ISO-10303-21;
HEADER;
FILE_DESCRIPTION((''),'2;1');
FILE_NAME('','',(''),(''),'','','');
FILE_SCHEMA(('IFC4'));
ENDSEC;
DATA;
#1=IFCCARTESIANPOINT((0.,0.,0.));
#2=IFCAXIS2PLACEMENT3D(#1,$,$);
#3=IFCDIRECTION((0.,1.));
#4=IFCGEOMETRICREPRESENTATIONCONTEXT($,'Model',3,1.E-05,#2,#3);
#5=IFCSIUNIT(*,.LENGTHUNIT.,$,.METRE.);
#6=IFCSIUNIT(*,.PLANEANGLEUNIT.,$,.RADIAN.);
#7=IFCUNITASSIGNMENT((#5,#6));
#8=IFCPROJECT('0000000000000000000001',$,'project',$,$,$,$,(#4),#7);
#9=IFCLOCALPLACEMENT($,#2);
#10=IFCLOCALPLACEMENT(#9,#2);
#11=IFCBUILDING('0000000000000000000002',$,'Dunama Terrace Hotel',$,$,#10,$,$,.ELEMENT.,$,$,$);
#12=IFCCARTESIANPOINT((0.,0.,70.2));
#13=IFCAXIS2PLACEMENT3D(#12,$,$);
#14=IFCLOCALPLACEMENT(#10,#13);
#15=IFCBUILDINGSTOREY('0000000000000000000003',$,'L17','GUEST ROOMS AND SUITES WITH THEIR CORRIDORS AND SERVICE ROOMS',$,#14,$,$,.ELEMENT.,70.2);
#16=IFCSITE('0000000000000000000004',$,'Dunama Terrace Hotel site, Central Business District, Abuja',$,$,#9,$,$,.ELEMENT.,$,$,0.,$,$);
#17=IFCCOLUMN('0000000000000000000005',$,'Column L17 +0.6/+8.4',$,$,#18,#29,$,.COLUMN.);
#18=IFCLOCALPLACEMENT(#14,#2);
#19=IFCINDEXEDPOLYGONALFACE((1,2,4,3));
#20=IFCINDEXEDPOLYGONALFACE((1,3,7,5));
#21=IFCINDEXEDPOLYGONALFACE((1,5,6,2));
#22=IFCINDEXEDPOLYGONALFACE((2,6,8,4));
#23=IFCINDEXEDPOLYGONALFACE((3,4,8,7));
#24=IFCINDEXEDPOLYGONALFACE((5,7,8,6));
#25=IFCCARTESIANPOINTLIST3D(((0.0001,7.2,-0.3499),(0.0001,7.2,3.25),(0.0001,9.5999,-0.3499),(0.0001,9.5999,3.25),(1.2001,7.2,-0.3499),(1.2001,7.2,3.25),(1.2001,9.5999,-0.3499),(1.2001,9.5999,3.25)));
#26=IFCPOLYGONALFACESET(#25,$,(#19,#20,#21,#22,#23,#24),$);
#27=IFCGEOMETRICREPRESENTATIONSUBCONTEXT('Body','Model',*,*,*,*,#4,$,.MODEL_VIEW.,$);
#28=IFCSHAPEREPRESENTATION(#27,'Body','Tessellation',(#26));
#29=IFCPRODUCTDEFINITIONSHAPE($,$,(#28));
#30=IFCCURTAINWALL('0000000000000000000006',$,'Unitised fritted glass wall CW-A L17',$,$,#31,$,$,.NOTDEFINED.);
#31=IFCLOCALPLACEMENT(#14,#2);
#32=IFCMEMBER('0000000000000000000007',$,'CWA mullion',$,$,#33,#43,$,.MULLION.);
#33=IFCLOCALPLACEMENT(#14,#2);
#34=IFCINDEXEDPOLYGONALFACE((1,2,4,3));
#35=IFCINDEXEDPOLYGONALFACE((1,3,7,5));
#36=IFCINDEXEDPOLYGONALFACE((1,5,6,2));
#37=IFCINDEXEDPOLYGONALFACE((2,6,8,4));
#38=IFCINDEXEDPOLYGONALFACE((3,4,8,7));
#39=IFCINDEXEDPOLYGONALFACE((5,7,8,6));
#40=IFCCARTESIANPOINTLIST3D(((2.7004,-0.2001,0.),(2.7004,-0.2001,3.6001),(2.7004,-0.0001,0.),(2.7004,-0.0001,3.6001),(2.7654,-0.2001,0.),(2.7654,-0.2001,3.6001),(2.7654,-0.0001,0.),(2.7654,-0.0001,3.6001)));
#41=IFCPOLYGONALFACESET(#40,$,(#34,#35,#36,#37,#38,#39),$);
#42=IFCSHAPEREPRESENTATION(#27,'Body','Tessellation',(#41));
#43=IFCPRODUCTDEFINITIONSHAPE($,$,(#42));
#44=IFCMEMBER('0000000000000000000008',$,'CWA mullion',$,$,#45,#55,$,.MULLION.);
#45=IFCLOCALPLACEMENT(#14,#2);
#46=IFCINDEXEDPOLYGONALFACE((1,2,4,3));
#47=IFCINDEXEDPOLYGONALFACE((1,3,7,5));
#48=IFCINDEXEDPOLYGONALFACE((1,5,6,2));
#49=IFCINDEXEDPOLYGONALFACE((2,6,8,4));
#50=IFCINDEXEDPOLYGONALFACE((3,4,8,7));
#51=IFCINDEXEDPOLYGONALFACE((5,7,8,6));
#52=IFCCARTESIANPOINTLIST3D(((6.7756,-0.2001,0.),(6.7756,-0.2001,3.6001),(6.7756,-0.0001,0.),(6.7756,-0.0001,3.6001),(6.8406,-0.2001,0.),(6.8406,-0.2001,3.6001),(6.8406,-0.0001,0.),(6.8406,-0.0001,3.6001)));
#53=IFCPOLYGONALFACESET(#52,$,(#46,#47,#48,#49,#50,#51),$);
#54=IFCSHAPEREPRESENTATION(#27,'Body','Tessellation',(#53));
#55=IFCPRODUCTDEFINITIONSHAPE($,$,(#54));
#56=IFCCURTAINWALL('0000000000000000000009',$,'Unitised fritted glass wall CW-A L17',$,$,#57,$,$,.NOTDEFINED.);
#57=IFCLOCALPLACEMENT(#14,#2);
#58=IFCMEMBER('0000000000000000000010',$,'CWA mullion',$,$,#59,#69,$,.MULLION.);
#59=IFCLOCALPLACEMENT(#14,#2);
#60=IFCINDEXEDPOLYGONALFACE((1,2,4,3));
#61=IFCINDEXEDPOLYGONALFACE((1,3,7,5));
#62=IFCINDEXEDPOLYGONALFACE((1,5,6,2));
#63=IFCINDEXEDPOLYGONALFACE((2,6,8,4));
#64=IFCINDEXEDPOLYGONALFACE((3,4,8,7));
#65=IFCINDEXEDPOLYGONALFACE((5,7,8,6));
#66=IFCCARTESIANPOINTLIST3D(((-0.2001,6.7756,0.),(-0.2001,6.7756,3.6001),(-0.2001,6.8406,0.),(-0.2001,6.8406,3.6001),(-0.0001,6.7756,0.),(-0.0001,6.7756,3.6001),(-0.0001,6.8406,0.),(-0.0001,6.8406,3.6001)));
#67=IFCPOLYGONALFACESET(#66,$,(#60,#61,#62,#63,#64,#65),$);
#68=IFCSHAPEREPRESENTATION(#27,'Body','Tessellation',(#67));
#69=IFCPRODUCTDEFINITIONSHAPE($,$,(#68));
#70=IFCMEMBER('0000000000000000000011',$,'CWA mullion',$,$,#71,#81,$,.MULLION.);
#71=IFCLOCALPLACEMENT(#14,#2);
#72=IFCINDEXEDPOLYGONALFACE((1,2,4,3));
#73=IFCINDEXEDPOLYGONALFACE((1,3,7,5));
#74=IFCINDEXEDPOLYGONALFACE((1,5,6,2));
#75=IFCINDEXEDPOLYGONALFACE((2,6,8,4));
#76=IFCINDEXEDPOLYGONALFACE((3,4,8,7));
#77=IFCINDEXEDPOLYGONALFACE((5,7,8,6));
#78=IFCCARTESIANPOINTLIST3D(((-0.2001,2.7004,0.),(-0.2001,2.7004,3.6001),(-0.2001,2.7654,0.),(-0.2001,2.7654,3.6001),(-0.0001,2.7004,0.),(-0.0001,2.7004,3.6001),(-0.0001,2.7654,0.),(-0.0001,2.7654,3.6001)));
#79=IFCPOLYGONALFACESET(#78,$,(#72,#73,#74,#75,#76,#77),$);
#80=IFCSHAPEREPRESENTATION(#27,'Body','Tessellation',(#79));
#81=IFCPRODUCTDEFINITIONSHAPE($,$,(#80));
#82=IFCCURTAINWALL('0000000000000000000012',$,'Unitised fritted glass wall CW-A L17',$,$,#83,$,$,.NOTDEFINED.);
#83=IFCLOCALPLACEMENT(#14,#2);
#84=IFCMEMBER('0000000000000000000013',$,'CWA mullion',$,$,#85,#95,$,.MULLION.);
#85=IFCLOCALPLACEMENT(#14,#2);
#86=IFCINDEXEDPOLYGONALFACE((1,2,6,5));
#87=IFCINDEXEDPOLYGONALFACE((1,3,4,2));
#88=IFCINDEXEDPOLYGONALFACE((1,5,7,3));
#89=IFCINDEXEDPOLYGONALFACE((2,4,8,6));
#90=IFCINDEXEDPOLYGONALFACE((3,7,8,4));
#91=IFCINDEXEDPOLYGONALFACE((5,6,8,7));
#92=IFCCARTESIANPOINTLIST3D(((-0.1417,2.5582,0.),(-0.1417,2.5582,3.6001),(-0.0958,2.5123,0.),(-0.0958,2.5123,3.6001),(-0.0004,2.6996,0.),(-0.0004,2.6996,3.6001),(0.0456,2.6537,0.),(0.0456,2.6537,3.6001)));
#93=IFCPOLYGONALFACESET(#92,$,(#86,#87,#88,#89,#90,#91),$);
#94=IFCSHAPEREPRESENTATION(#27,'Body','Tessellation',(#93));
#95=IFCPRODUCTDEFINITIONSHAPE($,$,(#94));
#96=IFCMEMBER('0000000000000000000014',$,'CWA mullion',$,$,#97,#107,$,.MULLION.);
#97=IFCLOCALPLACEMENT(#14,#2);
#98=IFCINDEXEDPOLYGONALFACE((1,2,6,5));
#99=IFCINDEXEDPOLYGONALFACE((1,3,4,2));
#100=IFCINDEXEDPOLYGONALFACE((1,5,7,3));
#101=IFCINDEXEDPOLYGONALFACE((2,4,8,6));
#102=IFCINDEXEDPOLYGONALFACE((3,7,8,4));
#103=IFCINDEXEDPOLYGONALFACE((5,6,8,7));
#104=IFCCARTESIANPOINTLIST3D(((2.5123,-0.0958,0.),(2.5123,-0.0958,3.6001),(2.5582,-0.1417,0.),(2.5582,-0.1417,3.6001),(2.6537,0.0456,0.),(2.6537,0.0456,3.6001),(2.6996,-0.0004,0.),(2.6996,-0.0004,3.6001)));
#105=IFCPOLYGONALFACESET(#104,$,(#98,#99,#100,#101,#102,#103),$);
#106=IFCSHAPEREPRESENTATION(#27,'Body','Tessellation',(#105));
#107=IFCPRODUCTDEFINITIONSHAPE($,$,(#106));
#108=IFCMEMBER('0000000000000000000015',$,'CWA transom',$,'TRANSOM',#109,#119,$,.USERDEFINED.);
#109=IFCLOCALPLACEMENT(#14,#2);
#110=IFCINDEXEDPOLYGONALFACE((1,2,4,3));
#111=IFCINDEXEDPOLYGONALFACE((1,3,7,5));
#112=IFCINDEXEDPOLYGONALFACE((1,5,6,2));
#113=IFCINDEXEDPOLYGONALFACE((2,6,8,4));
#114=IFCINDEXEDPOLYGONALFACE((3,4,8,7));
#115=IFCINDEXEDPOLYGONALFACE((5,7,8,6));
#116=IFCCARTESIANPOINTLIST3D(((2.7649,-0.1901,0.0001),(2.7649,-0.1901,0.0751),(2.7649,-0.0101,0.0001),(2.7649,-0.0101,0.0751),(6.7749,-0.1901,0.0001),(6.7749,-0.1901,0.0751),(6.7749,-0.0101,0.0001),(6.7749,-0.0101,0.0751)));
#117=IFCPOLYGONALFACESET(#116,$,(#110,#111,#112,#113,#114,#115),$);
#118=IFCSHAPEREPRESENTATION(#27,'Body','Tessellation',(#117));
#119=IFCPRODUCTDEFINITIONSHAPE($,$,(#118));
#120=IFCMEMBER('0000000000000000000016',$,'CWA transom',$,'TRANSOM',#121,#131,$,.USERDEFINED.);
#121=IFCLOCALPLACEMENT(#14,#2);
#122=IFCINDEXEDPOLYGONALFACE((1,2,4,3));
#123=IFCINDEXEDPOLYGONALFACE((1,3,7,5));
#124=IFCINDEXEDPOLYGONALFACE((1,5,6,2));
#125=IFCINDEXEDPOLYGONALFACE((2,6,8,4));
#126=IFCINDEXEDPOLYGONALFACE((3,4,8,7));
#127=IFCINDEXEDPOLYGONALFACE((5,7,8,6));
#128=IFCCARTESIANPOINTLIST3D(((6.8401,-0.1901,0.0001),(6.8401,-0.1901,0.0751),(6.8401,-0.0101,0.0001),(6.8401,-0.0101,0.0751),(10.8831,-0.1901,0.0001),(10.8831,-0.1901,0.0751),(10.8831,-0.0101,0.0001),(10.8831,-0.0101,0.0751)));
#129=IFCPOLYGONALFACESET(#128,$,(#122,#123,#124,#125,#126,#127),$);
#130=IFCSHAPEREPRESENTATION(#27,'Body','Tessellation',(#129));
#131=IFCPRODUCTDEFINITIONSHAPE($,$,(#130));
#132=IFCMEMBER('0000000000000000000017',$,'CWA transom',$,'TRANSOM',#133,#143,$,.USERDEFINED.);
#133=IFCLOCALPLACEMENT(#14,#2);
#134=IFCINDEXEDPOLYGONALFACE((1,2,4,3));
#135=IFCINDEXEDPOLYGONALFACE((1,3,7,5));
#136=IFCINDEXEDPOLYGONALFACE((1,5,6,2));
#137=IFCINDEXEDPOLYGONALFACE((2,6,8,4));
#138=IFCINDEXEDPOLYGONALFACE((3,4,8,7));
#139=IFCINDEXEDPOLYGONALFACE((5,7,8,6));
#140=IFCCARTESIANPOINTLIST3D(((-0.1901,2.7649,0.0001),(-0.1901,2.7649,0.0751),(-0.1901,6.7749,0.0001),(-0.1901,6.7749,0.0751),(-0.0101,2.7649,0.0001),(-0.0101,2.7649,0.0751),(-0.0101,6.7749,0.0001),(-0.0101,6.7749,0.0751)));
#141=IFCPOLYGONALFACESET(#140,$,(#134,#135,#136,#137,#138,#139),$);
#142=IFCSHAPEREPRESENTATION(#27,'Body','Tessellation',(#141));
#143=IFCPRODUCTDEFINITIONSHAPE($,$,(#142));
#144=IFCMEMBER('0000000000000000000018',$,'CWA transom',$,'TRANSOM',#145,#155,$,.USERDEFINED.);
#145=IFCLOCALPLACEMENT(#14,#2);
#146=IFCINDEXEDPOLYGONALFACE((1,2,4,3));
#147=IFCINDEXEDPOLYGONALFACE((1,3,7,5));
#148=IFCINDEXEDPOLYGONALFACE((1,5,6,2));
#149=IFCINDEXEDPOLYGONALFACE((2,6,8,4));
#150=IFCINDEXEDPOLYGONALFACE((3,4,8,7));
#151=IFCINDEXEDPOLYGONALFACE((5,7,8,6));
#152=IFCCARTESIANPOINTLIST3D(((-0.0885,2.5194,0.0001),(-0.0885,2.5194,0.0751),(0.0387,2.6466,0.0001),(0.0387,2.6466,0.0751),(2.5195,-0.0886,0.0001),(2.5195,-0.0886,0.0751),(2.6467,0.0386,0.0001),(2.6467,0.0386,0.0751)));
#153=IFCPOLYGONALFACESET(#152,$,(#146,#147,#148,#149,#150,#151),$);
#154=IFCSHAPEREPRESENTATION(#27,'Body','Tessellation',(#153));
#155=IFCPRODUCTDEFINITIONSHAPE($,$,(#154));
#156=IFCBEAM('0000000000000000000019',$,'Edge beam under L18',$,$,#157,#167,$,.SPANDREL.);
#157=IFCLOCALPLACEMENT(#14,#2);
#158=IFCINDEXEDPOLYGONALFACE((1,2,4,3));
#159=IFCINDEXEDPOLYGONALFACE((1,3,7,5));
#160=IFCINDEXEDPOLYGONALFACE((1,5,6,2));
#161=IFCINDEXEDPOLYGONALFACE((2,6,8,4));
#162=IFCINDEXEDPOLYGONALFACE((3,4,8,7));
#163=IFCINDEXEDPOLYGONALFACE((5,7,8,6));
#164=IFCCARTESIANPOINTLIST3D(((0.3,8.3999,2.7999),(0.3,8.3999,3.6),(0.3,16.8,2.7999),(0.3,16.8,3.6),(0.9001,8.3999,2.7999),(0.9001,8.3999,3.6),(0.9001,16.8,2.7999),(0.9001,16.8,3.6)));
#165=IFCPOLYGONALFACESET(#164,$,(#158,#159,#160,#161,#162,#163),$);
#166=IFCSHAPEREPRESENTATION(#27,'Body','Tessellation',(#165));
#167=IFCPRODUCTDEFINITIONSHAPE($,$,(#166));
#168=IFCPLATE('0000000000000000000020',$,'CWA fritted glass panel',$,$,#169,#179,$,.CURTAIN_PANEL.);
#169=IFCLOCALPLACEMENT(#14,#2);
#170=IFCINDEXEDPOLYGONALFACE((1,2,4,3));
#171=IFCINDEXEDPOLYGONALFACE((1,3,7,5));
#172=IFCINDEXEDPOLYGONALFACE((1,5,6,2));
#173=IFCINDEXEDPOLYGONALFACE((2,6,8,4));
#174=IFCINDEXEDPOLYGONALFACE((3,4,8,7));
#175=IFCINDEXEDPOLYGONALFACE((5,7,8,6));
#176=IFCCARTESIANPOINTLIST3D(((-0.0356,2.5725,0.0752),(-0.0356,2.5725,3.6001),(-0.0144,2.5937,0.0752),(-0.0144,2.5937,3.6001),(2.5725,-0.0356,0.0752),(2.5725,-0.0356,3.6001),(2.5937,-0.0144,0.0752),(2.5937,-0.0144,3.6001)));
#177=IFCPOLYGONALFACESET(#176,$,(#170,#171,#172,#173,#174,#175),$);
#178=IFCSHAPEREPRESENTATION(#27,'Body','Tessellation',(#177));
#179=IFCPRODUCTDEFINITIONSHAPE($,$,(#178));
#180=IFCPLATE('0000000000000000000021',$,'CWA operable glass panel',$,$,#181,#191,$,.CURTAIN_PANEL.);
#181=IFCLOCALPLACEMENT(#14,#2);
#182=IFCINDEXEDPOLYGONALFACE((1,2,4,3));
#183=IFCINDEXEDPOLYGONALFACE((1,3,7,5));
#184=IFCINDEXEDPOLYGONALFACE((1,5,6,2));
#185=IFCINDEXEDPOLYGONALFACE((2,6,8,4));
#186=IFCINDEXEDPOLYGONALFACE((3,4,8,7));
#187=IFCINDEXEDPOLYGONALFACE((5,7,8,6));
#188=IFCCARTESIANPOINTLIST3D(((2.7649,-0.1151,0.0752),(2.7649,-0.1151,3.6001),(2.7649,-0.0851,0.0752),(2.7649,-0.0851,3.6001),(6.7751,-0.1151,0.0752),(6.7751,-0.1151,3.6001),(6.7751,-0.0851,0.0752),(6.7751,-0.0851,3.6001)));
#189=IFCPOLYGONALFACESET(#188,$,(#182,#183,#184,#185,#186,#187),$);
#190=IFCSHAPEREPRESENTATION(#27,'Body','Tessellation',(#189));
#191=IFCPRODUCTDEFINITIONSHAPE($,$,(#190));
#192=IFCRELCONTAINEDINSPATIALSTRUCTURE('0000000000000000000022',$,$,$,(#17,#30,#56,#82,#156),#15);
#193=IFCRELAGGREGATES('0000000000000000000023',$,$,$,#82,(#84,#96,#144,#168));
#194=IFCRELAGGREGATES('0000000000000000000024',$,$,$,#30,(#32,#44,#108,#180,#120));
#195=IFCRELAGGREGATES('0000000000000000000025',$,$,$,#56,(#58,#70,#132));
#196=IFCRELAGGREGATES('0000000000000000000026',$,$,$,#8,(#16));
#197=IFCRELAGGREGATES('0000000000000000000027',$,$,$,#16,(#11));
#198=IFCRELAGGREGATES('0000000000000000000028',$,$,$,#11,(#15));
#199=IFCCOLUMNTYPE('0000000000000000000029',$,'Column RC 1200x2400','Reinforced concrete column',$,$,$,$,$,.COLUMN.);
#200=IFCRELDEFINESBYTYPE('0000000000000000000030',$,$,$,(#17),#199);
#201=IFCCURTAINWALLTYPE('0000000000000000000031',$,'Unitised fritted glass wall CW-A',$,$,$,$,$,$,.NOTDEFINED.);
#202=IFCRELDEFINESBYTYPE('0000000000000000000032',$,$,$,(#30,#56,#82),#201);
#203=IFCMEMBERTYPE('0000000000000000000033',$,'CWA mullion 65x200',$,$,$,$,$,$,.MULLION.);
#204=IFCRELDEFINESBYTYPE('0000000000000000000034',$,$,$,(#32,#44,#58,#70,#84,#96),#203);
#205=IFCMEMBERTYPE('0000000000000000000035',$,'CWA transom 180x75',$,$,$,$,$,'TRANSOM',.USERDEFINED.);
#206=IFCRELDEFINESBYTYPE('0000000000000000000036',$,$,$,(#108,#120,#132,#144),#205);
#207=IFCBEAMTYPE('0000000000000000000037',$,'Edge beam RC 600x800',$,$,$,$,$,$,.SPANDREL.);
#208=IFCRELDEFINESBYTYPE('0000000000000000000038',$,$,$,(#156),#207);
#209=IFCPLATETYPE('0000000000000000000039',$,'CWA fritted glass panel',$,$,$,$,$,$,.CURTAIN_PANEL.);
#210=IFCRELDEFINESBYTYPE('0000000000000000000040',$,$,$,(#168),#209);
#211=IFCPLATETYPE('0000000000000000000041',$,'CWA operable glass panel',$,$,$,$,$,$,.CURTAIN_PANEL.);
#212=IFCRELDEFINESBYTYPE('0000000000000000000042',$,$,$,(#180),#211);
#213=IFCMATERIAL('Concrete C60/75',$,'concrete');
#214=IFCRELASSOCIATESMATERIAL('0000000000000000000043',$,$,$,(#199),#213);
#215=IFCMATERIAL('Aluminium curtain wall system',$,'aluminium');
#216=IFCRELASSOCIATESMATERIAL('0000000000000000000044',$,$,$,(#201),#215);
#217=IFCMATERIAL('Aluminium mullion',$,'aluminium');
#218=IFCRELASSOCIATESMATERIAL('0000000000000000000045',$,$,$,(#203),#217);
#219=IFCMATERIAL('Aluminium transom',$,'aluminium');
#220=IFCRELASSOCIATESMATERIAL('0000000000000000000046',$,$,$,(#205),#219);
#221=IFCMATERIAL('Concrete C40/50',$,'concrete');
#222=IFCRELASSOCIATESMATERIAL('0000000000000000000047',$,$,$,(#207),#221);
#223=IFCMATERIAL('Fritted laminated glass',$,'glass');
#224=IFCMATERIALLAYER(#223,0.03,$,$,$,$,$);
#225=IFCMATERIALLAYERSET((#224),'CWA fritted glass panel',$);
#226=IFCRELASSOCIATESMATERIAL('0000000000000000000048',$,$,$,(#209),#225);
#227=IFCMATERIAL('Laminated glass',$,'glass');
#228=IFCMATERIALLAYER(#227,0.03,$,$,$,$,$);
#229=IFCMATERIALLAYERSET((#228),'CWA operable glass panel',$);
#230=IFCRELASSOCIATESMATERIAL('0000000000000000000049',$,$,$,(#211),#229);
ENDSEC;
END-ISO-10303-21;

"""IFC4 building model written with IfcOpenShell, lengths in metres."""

from ifc_helpers import new_model, si_unit, direction, frame, origin, origin_2d, place, context, subcontext, project, spatial, rectangle, extrude, material, layer, layer_set, material_profile, profile_set, type_object, element, aggregate, save


model = new_model("IFC4")

# Units and contexts
model_context = context("Model", 3, precision=1e-05, world=origin(), true_north=direction((0.0, 1.0)))
body_context = subcontext(model_context, "Body", "Model", "MODEL_VIEW")
ifc_project = project(units=[si_unit("LENGTHUNIT", "METRE"), si_unit("PLANEANGLEUNIT", "RADIAN")], contexts=[model_context])

# Site, building, storey
site_placement = place(None, origin())
site = spatial("IfcSite", under=ifc_project, at=site_placement, Name="Dunama Terrace Hotel site, Central Business District, Abuja", CompositionType="ELEMENT", RefElevation=0.0)
building_placement = place(site_placement, origin())
building = spatial("IfcBuilding", under=site, at=building_placement, Name="Dunama Terrace Hotel", CompositionType="ELEMENT")
storey_placement = place(building_placement, frame((0.0, 0.0, 70.2)))
storey = spatial("IfcBuildingStorey", under=building, at=storey_placement, Name="L17", Description="GUEST ROOMS AND SUITES WITH THEIR CORRIDORS AND SERVICE ROOMS", CompositionType="ELEMENT", Elevation=70.2)

# Column
ifc_material_1 = material(Name="Concrete C60/75", Category="concrete")
ifc_material_profile_1 = material_profile(ifc_material_1, rectangle(XDim=1.2, YDim=2.3999, at=origin_2d()), Name="RC 1200x2400")
ifc_profile_set_1 = profile_set([ifc_material_profile_1], Name="Concrete C60/75")
column_type = type_object("IfcColumnType", Name="Column RC 1200x2400", Description="Reinforced concrete column", PredefinedType="COLUMN", material=ifc_profile_set_1)
column_placement = place(storey_placement, frame((0.6001, 8.3999, -0.3499), z_axis=(0.0, 0.0, 1.0), x_axis=(1.0, 0.0, 0.0)))
element("IfcColumn", 1, at=column_placement, inside=storey, type_object=column_type, Name="Column L17 +0.6/+8.4", PredefinedType="COLUMN", context=body_context, shape_type="SweptSolid", body=[
    extrude(rectangle(XDim=1.2, YDim=2.3999, at=origin_2d()), origin(), (0.0, 0.0, 1.0), 3.5999),
])

# Curtain walls, members
ifc_material_2 = material(Name="Aluminium curtain wall system", Category="aluminium")
curtain_wall_type = type_object("IfcCurtainWallType", Name="Unitised fritted glass wall CW-A", PredefinedType="NOTDEFINED", material=ifc_material_2)
curtain_wall_1_placement = place(storey_placement, origin())
curtain_wall_1 = element("IfcCurtainWall", 2, at=curtain_wall_1_placement, inside=storey, type_object=curtain_wall_type, Name="Unitised fritted glass wall CW-A L17", PredefinedType="NOTDEFINED")
ifc_material_3 = material(Name="Aluminium mullion", Category="aluminium")
ifc_material_profile_2 = material_profile(ifc_material_3, rectangle(XDim=0.0649, YDim=0.2, at=origin_2d()), Name="CWA MULLION 65X200")
ifc_profile_set_2 = profile_set([ifc_material_profile_2], Name="Aluminium mullion")
member_type_1 = type_object("IfcMemberType", Name="CWA mullion 65x200", PredefinedType="MULLION", material=ifc_profile_set_2)
member_1_placement = place(storey_placement, frame((2.7329, -0.1001, 0.0), z_axis=(0.0, 0.0, 1.0), x_axis=(1.0, 0.0, 0.0)))
member_1 = element("IfcMember", 3, at=member_1_placement, type_object=member_type_1, Name="CWA mullion", PredefinedType="MULLION", context=body_context, shape_type="SweptSolid", body=[
    extrude(rectangle(XDim=0.0649, YDim=0.2, at=origin_2d()), origin(), (0.0, 0.0, 1.0), 3.6001),
])
member_2_placement = place(storey_placement, frame((6.8081, -0.1001, 0.0), z_axis=(0.0, 0.0, 1.0), x_axis=(1.0, 0.0, 0.0)))
member_2 = element("IfcMember", 4, at=member_2_placement, type_object=member_type_1, Name="CWA mullion", PredefinedType="MULLION", context=body_context, shape_type="SweptSolid", body=[
    extrude(rectangle(XDim=0.0649, YDim=0.2, at=origin_2d()), origin(), (0.0, 0.0, 1.0), 3.6001),
])
curtain_wall_2_placement = place(storey_placement, origin())
curtain_wall_2 = element("IfcCurtainWall", 5, at=curtain_wall_2_placement, inside=storey, type_object=curtain_wall_type, Name="Unitised fritted glass wall CW-A L17", PredefinedType="NOTDEFINED")
member_3_placement = place(storey_placement, frame((-0.1001, 6.8081, 0.0), z_axis=(0.0, 0.0, 1.0), x_axis=(0.0, -1.0, 0.0)))
member_3 = element("IfcMember", 6, at=member_3_placement, type_object=member_type_1, Name="CWA mullion", PredefinedType="MULLION", context=body_context, shape_type="SweptSolid", body=[
    extrude(rectangle(XDim=0.0649, YDim=0.2, at=origin_2d()), origin(), (0.0, 0.0, 1.0), 3.6001),
])
member_4_placement = place(storey_placement, frame((-0.1001, 2.7329, 0.0), z_axis=(0.0, 0.0, 1.0), x_axis=(0.0, -1.0, 0.0)))
member_4 = element("IfcMember", 7, at=member_4_placement, type_object=member_type_1, Name="CWA mullion", PredefinedType="MULLION", context=body_context, shape_type="SweptSolid", body=[
    extrude(rectangle(XDim=0.0649, YDim=0.2, at=origin_2d()), origin(), (0.0, 0.0, 1.0), 3.6001),
])
curtain_wall_3_placement = place(storey_placement, origin())
curtain_wall_3 = element("IfcCurtainWall", 8, at=curtain_wall_3_placement, inside=storey, type_object=curtain_wall_type, Name="Unitised fritted glass wall CW-A L17", PredefinedType="NOTDEFINED")
member_5_placement = place(storey_placement, frame((-0.0481, 2.606, 0.0), z_axis=(0.0, 0.0, 1.0), x_axis=(0.707107, -0.707107, 0.0)))
member_5 = element("IfcMember", 9, at=member_5_placement, type_object=member_type_1, Name="CWA mullion", PredefinedType="MULLION", context=body_context, shape_type="SweptSolid", body=[
    extrude(rectangle(XDim=0.0649, YDim=0.2, at=origin_2d()), origin(), (0.0, 0.0, 1.0), 3.6001),
])
member_6_placement = place(storey_placement, frame((2.606, -0.0481, 0.0), z_axis=(0.0, 0.0, 1.0), x_axis=(0.707107, -0.707107, 0.0)))
member_6 = element("IfcMember", 10, at=member_6_placement, type_object=member_type_1, Name="CWA mullion", PredefinedType="MULLION", context=body_context, shape_type="SweptSolid", body=[
    extrude(rectangle(XDim=0.0649, YDim=0.2, at=origin_2d()), origin(), (0.0, 0.0, 1.0), 3.6001),
])

# Members
ifc_material_4 = material(Name="Aluminium transom", Category="aluminium")
ifc_material_profile_3 = material_profile(ifc_material_4, rectangle(XDim=0.1799, YDim=0.075, at=origin_2d()), Name="CWA TRANSOM 180X75")
ifc_profile_set_3 = profile_set([ifc_material_profile_3], Name="Aluminium transom")
member_type_2 = type_object("IfcMemberType", Name="CWA transom 180x75", ElementType="TRANSOM", PredefinedType="USERDEFINED", material=ifc_profile_set_3)
member_7_placement = place(storey_placement, frame((2.7649, -0.1001, 0.0376), z_axis=(1.0, 0.0, 0.0), x_axis=(0.0, 1.0, 0.0)))
member_7 = element("IfcMember", 11, at=member_7_placement, type_object=member_type_2, Name="CWA transom", ObjectType="TRANSOM", PredefinedType="USERDEFINED", context=body_context, shape_type="SweptSolid", body=[
    extrude(rectangle(XDim=0.1799, YDim=0.075, at=origin_2d()), origin(), (0.0, 0.0, 1.0), 4.01),
])
member_8_placement = place(storey_placement, frame((6.8401, -0.1001, 0.0376), z_axis=(1.0, 0.0, 0.0), x_axis=(0.0, 1.0, 0.0)))
member_8 = element("IfcMember", 12, at=member_8_placement, type_object=member_type_2, Name="CWA transom", ObjectType="TRANSOM", PredefinedType="USERDEFINED", context=body_context, shape_type="SweptSolid", body=[
    extrude(rectangle(XDim=0.1799, YDim=0.075, at=origin_2d()), origin(), (0.0, 0.0, 1.0), 4.043),
])
member_9_placement = place(storey_placement, frame((-0.1001, 6.7749, 0.0376), z_axis=(0.0, -1.0, 0.0), x_axis=(1.0, 0.0, 0.0)))
member_9 = element("IfcMember", 13, at=member_9_placement, type_object=member_type_2, Name="CWA transom", ObjectType="TRANSOM", PredefinedType="USERDEFINED", context=body_context, shape_type="SweptSolid", body=[
    extrude(rectangle(XDim=0.1799, YDim=0.075, at=origin_2d()), origin(), (0.0, 0.0, 1.0), 4.01),
])
member_10_placement = place(storey_placement, frame((-0.0249, 2.583, 0.0376), z_axis=(0.707107, -0.707107, 0.0), x_axis=(0.707107, 0.707107, 0.0)))
member_10 = element("IfcMember", 14, at=member_10_placement, type_object=member_type_2, Name="CWA transom", ObjectType="TRANSOM", PredefinedType="USERDEFINED", context=body_context, shape_type="SweptSolid", body=[
    extrude(rectangle(XDim=0.1799, YDim=0.075, at=origin_2d()), origin(), (0.0, 0.0, 1.0), 3.6882),
])

# Beam
ifc_material_5 = material(Name="Concrete C40/50", Category="concrete")
ifc_material_profile_4 = material_profile(ifc_material_5, rectangle(XDim=0.6001, YDim=0.8, at=origin_2d()), Name="RC 600x800")
ifc_profile_set_4 = profile_set([ifc_material_profile_4], Name="Concrete C40/50")
beam_type = type_object("IfcBeamType", Name="Edge beam RC 600x800", PredefinedType="SPANDREL", material=ifc_profile_set_4)
beam_placement = place(storey_placement, frame((0.6001, 8.3999, 3.2), z_axis=(0.0, 1.0, 0.0), x_axis=(-1.0, 0.0, 0.0)))
element("IfcBeam", 15, at=beam_placement, inside=storey, type_object=beam_type, Name="Edge beam under L18", PredefinedType="SPANDREL", context=body_context, shape_type="SweptSolid", body=[
    extrude(rectangle(XDim=0.6001, YDim=0.8, at=origin_2d()), origin(), (0.0, 0.0, 1.0), 8.4001),
])

# Plates
ifc_material_6 = material(Name="Fritted laminated glass", Category="glass")
ifc_layer_1 = layer(ifc_material_6, 0.03)
ifc_layer_set_1 = layer_set([ifc_layer_1], Name="CWA fritted glass panel")
plate_type_1 = type_object("IfcPlateType", Name="CWA fritted glass panel", PredefinedType="CURTAIN_PANEL", material=ifc_layer_set_1)
plate_1_placement = place(storey_placement, frame((1.2791, 1.2791, 0.0752), z_axis=(0.0, 0.0, 1.0), x_axis=(0.707107, -0.707107, 0.0)))
plate_1 = element("IfcPlate", 16, at=plate_1_placement, type_object=plate_type_1, Name="CWA fritted glass panel", PredefinedType="CURTAIN_PANEL", context=body_context, shape_type="SweptSolid", body=[
    extrude(rectangle(XDim=3.6885, YDim=0.03, at=origin_2d()), origin(), (0.0, 0.0, 1.0), 3.5249),
])
aggregate(curtain_wall_3, [member_5, member_6, member_10, plate_1])
ifc_material_7 = material(Name="Laminated glass", Category="glass")
ifc_layer_2 = layer(ifc_material_7, 0.03)
ifc_layer_set_2 = layer_set([ifc_layer_2], Name="CWA operable glass panel")
plate_type_2 = type_object("IfcPlateType", Name="CWA operable glass panel", PredefinedType="CURTAIN_PANEL", material=ifc_layer_set_2)
plate_2_placement = place(storey_placement, frame((4.77, -0.1001, 0.0752), z_axis=(0.0, 0.0, 1.0), x_axis=(1.0, 0.0, 0.0)))
plate_2 = element("IfcPlate", 17, at=plate_2_placement, type_object=plate_type_2, Name="CWA operable glass panel", PredefinedType="CURTAIN_PANEL", context=body_context, shape_type="SweptSolid", body=[
    extrude(rectangle(XDim=4.0103, YDim=0.03, at=origin_2d()), origin(), (0.0, 0.0, 1.0), 3.5249),
])
aggregate(curtain_wall_1, [member_1, member_2, member_7, plate_2, member_8])
aggregate(curtain_wall_2, [member_3, member_4, member_9])

save(model, "model.ifc")
